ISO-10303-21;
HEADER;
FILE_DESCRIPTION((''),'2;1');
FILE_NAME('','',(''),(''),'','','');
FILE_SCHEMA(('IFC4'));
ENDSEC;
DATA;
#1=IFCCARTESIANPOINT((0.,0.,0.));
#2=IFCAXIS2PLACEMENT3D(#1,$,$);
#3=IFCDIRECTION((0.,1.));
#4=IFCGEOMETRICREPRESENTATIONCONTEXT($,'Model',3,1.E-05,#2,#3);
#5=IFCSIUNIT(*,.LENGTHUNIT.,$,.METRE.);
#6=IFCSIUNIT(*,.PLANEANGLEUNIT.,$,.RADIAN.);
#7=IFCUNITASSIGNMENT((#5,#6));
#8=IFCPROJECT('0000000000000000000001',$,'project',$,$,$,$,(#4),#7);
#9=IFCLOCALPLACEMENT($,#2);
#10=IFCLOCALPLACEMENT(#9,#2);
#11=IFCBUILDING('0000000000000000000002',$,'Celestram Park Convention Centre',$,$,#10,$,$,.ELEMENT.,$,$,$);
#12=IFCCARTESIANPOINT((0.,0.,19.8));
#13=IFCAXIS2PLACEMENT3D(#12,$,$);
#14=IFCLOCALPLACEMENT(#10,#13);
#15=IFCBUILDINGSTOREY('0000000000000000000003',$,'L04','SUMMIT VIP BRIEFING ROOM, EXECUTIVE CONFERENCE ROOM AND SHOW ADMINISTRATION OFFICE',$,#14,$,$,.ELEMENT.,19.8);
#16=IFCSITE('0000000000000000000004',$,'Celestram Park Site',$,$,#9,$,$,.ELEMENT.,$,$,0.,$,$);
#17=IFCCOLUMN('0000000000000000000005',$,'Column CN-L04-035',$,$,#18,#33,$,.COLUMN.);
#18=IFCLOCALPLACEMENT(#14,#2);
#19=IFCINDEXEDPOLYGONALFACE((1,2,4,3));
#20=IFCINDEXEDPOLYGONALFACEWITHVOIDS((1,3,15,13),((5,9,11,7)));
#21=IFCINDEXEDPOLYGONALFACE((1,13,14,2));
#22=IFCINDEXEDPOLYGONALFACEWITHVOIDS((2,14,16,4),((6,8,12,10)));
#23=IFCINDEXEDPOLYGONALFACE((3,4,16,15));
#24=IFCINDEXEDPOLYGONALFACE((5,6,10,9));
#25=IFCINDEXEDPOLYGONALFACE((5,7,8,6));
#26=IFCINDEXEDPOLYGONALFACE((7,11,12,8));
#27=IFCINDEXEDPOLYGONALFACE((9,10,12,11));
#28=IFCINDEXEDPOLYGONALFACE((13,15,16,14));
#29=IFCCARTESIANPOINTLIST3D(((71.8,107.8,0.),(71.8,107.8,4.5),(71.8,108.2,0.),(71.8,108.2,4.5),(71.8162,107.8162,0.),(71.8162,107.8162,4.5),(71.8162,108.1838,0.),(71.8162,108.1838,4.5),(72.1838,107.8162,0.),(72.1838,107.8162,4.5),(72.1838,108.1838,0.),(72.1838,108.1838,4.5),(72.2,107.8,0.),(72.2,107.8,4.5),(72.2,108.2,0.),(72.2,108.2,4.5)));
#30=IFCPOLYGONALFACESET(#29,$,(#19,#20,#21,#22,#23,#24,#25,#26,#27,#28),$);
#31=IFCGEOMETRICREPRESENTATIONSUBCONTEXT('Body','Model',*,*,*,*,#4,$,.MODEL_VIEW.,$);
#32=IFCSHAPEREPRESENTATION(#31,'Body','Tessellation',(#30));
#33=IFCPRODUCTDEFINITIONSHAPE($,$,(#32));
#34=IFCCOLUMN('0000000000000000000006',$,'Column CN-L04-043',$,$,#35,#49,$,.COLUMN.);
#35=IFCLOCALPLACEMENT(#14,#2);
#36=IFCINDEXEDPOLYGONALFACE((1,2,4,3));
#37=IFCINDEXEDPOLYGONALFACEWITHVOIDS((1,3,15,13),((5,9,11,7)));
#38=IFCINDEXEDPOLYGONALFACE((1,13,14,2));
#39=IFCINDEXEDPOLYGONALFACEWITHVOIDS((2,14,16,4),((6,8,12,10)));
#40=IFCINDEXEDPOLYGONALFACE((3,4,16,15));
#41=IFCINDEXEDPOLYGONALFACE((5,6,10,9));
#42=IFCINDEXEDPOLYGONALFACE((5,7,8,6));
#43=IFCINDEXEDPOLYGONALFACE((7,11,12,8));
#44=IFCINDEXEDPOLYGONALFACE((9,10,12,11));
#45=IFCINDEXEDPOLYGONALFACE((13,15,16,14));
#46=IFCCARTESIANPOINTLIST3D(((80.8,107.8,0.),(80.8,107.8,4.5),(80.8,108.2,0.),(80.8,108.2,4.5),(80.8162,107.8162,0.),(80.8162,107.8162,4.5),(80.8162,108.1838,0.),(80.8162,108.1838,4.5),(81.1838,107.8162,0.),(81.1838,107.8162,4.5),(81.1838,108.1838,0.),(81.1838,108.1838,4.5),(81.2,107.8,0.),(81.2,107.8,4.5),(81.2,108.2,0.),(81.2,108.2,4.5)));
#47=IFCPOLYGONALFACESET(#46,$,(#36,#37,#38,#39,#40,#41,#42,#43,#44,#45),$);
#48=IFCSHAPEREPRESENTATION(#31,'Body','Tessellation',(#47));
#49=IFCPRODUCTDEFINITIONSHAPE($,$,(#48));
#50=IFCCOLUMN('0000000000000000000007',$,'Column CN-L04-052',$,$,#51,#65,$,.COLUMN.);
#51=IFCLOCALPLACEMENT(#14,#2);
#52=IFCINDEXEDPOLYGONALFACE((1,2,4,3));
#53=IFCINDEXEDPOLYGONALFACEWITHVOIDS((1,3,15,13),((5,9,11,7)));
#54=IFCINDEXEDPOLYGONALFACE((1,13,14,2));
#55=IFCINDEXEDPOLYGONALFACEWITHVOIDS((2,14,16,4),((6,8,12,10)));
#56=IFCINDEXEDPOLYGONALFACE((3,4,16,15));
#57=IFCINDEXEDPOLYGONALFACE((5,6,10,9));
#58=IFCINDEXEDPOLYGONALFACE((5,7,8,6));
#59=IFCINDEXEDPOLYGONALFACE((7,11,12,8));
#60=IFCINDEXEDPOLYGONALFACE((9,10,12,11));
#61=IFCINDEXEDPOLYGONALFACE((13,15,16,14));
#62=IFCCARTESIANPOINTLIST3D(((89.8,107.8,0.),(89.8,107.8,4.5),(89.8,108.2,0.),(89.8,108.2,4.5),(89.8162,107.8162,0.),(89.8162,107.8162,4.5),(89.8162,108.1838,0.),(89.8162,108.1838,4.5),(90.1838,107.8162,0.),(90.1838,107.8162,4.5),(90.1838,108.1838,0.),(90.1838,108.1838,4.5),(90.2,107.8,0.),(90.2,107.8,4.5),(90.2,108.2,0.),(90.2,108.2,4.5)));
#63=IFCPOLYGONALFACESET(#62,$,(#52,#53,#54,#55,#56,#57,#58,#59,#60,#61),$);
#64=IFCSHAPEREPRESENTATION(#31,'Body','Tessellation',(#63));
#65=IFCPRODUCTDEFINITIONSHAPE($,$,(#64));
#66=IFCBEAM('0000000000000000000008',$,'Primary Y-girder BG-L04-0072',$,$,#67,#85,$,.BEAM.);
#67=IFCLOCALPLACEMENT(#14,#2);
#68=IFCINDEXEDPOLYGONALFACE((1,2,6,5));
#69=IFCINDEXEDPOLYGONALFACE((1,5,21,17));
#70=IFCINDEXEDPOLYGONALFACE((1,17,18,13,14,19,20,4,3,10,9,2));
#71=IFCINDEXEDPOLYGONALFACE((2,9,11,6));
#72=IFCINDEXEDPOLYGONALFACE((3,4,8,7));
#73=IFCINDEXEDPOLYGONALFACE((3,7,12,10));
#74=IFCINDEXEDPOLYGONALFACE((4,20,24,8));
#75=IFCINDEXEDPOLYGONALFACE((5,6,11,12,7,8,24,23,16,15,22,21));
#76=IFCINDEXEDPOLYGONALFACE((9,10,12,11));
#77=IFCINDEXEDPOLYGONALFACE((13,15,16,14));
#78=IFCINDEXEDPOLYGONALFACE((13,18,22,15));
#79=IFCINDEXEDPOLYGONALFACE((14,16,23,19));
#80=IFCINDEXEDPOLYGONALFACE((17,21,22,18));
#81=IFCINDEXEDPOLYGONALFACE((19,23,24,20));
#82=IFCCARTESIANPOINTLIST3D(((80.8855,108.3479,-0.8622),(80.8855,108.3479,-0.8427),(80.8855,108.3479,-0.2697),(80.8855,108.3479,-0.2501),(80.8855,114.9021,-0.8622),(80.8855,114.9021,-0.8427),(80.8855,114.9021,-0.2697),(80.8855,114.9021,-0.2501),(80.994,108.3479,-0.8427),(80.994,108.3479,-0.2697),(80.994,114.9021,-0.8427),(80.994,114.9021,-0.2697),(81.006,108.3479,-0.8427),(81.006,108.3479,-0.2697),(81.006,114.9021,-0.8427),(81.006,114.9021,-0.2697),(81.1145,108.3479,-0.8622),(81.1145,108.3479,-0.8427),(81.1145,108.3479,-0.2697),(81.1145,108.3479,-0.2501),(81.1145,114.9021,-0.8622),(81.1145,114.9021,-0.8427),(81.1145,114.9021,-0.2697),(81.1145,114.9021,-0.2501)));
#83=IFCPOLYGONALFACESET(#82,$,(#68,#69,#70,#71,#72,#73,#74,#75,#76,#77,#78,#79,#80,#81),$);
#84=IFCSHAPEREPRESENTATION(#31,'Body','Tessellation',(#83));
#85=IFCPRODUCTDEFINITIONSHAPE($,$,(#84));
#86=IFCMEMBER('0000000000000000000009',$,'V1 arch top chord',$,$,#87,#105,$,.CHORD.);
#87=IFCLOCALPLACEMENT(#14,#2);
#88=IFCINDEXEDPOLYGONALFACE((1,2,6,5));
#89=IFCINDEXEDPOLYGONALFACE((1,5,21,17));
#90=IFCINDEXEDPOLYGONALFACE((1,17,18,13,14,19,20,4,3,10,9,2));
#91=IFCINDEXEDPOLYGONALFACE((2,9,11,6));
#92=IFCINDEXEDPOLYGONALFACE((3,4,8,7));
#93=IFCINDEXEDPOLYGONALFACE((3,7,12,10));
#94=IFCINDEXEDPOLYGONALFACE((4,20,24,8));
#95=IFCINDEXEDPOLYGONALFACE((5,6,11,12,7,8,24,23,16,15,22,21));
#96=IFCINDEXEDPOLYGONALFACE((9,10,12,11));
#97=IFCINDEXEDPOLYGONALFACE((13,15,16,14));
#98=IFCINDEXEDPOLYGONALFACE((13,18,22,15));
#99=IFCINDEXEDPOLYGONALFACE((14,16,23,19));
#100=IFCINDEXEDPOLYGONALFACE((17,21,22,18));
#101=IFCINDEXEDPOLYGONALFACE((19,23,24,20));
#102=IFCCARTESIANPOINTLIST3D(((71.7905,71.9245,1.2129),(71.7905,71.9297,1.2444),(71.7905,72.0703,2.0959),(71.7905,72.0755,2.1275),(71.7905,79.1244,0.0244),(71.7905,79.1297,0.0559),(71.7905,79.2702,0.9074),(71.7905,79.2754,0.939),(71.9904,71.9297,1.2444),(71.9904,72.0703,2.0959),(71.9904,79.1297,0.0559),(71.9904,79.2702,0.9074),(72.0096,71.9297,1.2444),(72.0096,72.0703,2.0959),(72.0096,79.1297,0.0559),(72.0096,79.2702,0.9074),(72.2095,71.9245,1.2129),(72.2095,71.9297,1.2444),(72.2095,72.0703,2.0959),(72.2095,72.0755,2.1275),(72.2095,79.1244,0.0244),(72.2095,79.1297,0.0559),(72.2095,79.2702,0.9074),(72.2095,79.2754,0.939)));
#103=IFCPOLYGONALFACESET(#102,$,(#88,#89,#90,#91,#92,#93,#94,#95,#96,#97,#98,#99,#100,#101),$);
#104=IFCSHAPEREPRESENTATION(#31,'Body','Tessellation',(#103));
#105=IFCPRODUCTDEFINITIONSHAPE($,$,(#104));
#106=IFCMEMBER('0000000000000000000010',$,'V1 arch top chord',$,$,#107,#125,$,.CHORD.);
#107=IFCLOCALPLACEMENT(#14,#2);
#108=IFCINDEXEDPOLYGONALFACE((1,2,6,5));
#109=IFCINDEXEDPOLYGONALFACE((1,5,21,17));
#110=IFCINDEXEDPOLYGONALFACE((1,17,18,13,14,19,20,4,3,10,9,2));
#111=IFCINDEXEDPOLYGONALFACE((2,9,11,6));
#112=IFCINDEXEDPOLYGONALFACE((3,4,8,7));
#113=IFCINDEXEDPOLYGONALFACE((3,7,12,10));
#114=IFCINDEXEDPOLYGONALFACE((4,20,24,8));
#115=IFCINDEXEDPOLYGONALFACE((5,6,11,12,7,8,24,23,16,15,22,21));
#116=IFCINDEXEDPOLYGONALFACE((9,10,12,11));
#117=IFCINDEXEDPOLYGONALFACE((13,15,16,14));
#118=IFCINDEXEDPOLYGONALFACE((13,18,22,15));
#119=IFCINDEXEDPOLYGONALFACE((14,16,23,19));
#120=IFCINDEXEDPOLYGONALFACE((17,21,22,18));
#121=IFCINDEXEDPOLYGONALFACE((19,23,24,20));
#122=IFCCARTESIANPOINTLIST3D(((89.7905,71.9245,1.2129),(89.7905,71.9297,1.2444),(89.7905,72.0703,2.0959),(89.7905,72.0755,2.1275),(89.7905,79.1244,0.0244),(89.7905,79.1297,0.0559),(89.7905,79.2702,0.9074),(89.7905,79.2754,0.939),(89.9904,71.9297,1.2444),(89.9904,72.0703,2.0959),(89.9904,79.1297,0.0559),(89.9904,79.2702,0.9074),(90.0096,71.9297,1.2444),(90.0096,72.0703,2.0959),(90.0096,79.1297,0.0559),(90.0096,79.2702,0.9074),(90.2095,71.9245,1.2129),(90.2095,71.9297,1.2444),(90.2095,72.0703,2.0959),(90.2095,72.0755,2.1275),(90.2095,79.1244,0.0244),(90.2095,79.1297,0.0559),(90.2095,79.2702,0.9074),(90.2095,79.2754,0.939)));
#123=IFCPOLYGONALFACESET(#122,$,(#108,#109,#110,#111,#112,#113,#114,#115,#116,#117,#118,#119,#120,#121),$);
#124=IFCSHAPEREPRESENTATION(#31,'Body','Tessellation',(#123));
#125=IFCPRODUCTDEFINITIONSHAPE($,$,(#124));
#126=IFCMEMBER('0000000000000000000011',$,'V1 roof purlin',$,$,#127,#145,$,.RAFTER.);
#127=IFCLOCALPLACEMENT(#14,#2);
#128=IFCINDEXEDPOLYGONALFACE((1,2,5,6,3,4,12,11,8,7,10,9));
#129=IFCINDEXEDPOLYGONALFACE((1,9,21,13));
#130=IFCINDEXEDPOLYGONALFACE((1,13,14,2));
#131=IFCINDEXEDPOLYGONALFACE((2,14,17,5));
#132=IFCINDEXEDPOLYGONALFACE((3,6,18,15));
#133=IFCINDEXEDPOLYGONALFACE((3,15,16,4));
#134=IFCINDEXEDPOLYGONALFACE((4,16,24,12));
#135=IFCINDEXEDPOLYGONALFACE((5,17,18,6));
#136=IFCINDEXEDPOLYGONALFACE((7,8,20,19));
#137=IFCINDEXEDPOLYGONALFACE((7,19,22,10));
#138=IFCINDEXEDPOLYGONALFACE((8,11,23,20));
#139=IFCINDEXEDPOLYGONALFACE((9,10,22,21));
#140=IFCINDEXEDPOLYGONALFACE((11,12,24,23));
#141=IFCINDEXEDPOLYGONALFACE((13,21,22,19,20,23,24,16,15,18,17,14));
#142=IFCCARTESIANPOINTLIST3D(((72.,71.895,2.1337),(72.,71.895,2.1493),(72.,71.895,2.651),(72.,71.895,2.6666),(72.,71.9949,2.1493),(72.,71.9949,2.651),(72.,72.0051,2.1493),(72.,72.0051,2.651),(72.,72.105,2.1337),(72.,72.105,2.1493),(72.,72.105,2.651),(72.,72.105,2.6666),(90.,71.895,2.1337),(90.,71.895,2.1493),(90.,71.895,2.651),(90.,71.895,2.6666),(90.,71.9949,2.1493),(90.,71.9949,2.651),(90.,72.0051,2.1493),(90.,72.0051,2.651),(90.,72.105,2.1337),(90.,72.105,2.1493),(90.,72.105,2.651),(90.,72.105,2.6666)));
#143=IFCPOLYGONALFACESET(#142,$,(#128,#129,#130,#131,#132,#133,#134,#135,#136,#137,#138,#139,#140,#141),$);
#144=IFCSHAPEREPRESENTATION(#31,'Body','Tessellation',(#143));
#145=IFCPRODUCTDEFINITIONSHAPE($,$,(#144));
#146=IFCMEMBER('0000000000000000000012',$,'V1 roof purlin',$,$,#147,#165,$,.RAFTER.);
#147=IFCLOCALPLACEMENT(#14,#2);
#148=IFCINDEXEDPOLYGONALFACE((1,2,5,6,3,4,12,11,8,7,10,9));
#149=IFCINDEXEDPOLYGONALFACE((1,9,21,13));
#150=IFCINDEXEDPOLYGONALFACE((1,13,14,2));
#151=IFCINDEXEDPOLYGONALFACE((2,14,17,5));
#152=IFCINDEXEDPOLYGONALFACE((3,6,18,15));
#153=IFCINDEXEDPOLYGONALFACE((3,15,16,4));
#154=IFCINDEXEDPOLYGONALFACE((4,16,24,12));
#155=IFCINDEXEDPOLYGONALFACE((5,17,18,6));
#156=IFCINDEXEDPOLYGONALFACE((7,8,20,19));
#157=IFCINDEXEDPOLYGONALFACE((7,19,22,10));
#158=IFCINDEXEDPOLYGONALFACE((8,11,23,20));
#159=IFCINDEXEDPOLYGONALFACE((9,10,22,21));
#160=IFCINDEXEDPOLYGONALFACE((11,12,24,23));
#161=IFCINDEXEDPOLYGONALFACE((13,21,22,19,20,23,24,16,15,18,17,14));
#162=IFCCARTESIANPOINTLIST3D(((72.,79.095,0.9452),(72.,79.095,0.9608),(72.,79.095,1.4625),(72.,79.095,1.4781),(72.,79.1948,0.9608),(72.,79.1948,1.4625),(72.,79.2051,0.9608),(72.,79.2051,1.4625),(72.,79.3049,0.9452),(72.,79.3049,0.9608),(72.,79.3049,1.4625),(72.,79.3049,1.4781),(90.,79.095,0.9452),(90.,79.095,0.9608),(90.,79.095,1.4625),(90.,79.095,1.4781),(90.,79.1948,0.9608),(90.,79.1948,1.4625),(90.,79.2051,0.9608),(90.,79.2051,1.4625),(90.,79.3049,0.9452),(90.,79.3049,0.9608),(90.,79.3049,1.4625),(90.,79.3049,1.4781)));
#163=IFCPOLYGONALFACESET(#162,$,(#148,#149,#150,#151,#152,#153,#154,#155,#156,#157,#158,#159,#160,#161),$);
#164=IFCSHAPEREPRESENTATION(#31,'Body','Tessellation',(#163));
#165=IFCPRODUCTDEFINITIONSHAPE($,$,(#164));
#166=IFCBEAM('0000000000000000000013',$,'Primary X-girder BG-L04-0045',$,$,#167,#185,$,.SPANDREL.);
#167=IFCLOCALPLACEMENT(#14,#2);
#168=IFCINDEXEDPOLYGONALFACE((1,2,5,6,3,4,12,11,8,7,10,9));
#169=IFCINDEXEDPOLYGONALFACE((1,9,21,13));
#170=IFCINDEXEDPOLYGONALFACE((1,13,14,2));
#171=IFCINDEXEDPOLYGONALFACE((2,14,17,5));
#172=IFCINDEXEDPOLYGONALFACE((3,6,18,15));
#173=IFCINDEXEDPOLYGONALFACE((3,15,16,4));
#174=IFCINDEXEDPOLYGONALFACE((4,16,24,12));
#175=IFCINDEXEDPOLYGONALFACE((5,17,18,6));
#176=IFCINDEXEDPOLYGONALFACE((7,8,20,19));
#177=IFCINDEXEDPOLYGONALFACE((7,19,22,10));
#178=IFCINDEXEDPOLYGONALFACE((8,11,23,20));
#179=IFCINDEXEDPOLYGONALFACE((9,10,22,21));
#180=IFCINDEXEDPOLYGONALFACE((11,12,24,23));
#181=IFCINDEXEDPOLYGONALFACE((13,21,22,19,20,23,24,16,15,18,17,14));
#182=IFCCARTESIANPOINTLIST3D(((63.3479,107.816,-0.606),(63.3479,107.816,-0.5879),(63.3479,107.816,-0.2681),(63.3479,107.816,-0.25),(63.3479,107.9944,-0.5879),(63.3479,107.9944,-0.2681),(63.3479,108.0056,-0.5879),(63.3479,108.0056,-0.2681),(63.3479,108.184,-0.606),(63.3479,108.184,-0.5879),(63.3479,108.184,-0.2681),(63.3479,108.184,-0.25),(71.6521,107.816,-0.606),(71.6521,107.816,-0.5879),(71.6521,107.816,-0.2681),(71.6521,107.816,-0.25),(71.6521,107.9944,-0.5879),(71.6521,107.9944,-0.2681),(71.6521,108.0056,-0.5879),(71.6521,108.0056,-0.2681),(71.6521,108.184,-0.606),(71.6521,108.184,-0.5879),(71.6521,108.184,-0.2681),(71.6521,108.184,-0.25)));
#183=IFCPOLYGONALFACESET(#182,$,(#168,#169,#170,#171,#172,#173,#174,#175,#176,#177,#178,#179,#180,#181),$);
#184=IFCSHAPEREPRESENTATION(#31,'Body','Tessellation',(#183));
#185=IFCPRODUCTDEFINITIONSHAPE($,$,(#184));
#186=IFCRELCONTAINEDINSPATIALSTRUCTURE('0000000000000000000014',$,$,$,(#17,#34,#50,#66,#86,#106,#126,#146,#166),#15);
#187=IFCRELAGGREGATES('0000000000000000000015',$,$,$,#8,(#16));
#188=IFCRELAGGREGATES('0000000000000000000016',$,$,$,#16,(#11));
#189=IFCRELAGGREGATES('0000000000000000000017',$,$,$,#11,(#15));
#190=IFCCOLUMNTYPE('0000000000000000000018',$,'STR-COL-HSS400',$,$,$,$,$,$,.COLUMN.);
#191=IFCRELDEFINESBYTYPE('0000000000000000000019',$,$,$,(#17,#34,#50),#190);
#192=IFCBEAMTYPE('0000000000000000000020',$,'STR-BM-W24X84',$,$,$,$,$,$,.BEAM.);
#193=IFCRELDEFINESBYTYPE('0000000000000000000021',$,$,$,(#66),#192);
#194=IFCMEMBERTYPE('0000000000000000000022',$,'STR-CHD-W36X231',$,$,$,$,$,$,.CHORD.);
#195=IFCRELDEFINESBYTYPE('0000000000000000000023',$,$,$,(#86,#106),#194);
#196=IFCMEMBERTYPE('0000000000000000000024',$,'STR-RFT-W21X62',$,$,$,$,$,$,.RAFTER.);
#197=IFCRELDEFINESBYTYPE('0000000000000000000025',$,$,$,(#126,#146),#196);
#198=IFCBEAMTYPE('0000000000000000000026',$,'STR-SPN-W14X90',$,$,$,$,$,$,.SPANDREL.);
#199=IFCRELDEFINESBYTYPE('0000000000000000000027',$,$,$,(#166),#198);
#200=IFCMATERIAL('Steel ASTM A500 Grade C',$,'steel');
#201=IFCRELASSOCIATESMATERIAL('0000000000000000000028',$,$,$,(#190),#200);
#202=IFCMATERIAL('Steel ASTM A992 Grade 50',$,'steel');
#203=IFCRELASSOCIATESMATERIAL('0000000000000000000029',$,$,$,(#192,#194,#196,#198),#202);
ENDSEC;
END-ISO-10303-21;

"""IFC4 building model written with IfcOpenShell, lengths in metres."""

from ifc_helpers import new_model, si_unit, direction, frame, origin, origin_2d, place, context, subcontext, project, spatial, hollow_rectangle, i_section, extrude, material, material_profile, profile_set, type_object, element, save


model = new_model("IFC4")

# Units and contexts
model_context = context("Model", 3, precision=1e-05, world=origin(), true_north=direction((0.0, 1.0)))
body_context = subcontext(model_context, "Body", "Model", "MODEL_VIEW")
ifc_project = project(units=[si_unit("LENGTHUNIT", "METRE"), si_unit("PLANEANGLEUNIT", "RADIAN")], contexts=[model_context])

# Site, building, storey
site_placement = place(None, origin())
site = spatial("IfcSite", under=ifc_project, at=site_placement, Name="Celestram Park Site", CompositionType="ELEMENT", RefElevation=0.0)
building_placement = place(site_placement, origin())
building = spatial("IfcBuilding", under=site, at=building_placement, Name="Celestram Park Convention Centre", CompositionType="ELEMENT")
storey_placement = place(building_placement, frame((0.0, 0.0, 19.8)))
storey = spatial("IfcBuildingStorey", under=building, at=storey_placement, Name="L04", Description="SUMMIT VIP BRIEFING ROOM, EXECUTIVE CONFERENCE ROOM AND SHOW ADMINISTRATION OFFICE", CompositionType="ELEMENT", Elevation=19.8)

# Columns
ifc_material_1 = material(Name="Steel ASTM A500 Grade C", Category="steel")
ifc_material_profile_1 = material_profile(ifc_material_1, hollow_rectangle(XDim=0.3999, YDim=0.3999, WallThickness=0.0161, at=origin_2d()), Name="HSS400X400X16")
ifc_profile_set_1 = profile_set([ifc_material_profile_1], Name="Steel ASTM A500 Grade C")
column_type = type_object("IfcColumnType", Name="STR-COL-HSS400", PredefinedType="COLUMN", material=ifc_profile_set_1)
for number, where, z_axis, x_axis, name in (
    (1, (72.0, 108.0, 0.0), (0.0, 0.0, 1.0), (1.0, 0.0, 0.0), "Column CN-L04-035"),
    (2, (81.0, 108.0, 0.0), (0.0, 0.0, 1.0), (1.0, 0.0, 0.0), "Column CN-L04-043"),
    (3, (90.0, 108.0, 0.0), (0.0, 0.0, 1.0), (1.0, 0.0, 0.0), "Column CN-L04-052"),
):
    element("IfcColumn", number, at=place(storey_placement, frame(where, z_axis=z_axis, x_axis=x_axis)), inside=storey, type_object=column_type, Name=name, PredefinedType="COLUMN", context=body_context, shape_type="SweptSolid", body=[
        extrude(hollow_rectangle(XDim=0.3999, YDim=0.3999, WallThickness=0.0161, at=origin_2d()), origin(), (0.0, 0.0, 1.0), 4.5),
    ])

# Beam
ifc_material_2 = material(Name="Steel ASTM A992 Grade 50", Category="steel")
ifc_material_profile_2 = material_profile(ifc_material_2, i_section(OverallWidth=0.229, OverallDepth=0.6121, WebThickness=0.012, FlangeThickness=0.0195, at=origin_2d()), Name="W24X84")
ifc_profile_set_2 = profile_set([ifc_material_profile_2], Name="Steel ASTM A992 Grade 50")
beam_type_1 = type_object("IfcBeamType", Name="STR-BM-W24X84", PredefinedType="BEAM", material=ifc_profile_set_2)
beam_placement = place(storey_placement, frame((81.0, 108.3479, -0.5562), z_axis=(0.0, 1.0, 0.0), x_axis=(-1.0, 0.0, 0.0)))
element("IfcBeam", 4, at=beam_placement, inside=storey, type_object=beam_type_1, Name="Primary Y-girder BG-L04-0072", PredefinedType="BEAM", context=body_context, shape_type="SweptSolid", body=[
    extrude(i_section(OverallWidth=0.229, OverallDepth=0.6121, WebThickness=0.012, FlangeThickness=0.0195, at=origin_2d()), origin(), (0.0, 0.0, 1.0), 6.5542),
])

# Members
ifc_material_profile_3 = material_profile(ifc_material_2, i_section(OverallWidth=0.4189, OverallDepth=0.927, WebThickness=0.0193, FlangeThickness=0.032, at=origin_2d()), Name="W36X231")
ifc_profile_set_3 = profile_set([ifc_material_profile_3], Name="Steel ASTM A992 Grade 50")
member_type_1 = type_object("IfcMemberType", Name="STR-CHD-W36X231", PredefinedType="CHORD", material=ifc_profile_set_3)
for number, where, z_axis, x_axis, name in (
    (5, (72.0, 72.0, 1.6702), (0.0, 0.986649, -0.162863), (-1.0, 0.0, 0.0), "V1 arch top chord"),
    (6, (90.0, 72.0, 1.6702), (0.0, 0.986649, -0.162863), (-1.0, 0.0, 0.0), "V1 arch top chord"),
):
    element("IfcMember", number, at=place(storey_placement, frame(where, z_axis=z_axis, x_axis=x_axis)), inside=storey, type_object=member_type_1, Name=name, PredefinedType="CHORD", context=body_context, shape_type="SweptSolid", body=[
        extrude(i_section(OverallWidth=0.4189, OverallDepth=0.927, WebThickness=0.0193, FlangeThickness=0.032, at=origin_2d()), origin(), (0.0, 0.0, 1.0), 7.2974),
    ])
ifc_material_profile_4 = material_profile(ifc_material_2, i_section(OverallWidth=0.21, OverallDepth=0.533, WebThickness=0.0103, FlangeThickness=0.0156, at=origin_2d()), Name="W21X62")
ifc_profile_set_4 = profile_set([ifc_material_profile_4], Name="Steel ASTM A992 Grade 50")
member_type_2 = type_object("IfcMemberType", Name="STR-RFT-W21X62", PredefinedType="RAFTER", material=ifc_profile_set_4)
for number, where, z_axis, x_axis, name in (
    (7, (72.0, 72.0, 2.4001), (1.0, 0.0, 0.0), (0.0, 1.0, 0.0), "V1 roof purlin"),
    (8, (72.0, 79.2, 1.2117), (1.0, 0.0, 0.0), (0.0, 1.0, 0.0), "V1 roof purlin"),
):
    element("IfcMember", number, at=place(storey_placement, frame(where, z_axis=z_axis, x_axis=x_axis)), inside=storey, type_object=member_type_2, Name=name, PredefinedType="RAFTER", context=body_context, shape_type="SweptSolid", body=[
        extrude(i_section(OverallWidth=0.21, OverallDepth=0.533, WebThickness=0.0103, FlangeThickness=0.0156, at=origin_2d()), origin(), (0.0, 0.0, 1.0), 18.0),
    ])

# Beam
ifc_material_profile_5 = material_profile(ifc_material_2, i_section(OverallWidth=0.3679, OverallDepth=0.356, WebThickness=0.0112, FlangeThickness=0.0181, at=origin_2d()), Name="W14X90")
ifc_profile_set_5 = profile_set([ifc_material_profile_5], Name="Steel ASTM A992 Grade 50")
beam_type_2 = type_object("IfcBeamType", Name="STR-SPN-W14X90", PredefinedType="SPANDREL", material=ifc_profile_set_5)
for number, where, z_axis, x_axis, name in (
    (9, (63.3479, 108.0, -0.428), (1.0, 0.0, 0.0), (0.0, 1.0, 0.0), "Primary X-girder BG-L04-0045"),
):
    element("IfcBeam", number, at=place(storey_placement, frame(where, z_axis=z_axis, x_axis=x_axis)), inside=storey, type_object=beam_type_2, Name=name, PredefinedType="SPANDREL", context=body_context, shape_type="SweptSolid", body=[
        extrude(i_section(OverallWidth=0.3679, OverallDepth=0.356, WebThickness=0.0112, FlangeThickness=0.0181, at=origin_2d()), origin(), (0.0, 0.0, 1.0), 8.3042),
    ])

save(model, "model.ifc")
